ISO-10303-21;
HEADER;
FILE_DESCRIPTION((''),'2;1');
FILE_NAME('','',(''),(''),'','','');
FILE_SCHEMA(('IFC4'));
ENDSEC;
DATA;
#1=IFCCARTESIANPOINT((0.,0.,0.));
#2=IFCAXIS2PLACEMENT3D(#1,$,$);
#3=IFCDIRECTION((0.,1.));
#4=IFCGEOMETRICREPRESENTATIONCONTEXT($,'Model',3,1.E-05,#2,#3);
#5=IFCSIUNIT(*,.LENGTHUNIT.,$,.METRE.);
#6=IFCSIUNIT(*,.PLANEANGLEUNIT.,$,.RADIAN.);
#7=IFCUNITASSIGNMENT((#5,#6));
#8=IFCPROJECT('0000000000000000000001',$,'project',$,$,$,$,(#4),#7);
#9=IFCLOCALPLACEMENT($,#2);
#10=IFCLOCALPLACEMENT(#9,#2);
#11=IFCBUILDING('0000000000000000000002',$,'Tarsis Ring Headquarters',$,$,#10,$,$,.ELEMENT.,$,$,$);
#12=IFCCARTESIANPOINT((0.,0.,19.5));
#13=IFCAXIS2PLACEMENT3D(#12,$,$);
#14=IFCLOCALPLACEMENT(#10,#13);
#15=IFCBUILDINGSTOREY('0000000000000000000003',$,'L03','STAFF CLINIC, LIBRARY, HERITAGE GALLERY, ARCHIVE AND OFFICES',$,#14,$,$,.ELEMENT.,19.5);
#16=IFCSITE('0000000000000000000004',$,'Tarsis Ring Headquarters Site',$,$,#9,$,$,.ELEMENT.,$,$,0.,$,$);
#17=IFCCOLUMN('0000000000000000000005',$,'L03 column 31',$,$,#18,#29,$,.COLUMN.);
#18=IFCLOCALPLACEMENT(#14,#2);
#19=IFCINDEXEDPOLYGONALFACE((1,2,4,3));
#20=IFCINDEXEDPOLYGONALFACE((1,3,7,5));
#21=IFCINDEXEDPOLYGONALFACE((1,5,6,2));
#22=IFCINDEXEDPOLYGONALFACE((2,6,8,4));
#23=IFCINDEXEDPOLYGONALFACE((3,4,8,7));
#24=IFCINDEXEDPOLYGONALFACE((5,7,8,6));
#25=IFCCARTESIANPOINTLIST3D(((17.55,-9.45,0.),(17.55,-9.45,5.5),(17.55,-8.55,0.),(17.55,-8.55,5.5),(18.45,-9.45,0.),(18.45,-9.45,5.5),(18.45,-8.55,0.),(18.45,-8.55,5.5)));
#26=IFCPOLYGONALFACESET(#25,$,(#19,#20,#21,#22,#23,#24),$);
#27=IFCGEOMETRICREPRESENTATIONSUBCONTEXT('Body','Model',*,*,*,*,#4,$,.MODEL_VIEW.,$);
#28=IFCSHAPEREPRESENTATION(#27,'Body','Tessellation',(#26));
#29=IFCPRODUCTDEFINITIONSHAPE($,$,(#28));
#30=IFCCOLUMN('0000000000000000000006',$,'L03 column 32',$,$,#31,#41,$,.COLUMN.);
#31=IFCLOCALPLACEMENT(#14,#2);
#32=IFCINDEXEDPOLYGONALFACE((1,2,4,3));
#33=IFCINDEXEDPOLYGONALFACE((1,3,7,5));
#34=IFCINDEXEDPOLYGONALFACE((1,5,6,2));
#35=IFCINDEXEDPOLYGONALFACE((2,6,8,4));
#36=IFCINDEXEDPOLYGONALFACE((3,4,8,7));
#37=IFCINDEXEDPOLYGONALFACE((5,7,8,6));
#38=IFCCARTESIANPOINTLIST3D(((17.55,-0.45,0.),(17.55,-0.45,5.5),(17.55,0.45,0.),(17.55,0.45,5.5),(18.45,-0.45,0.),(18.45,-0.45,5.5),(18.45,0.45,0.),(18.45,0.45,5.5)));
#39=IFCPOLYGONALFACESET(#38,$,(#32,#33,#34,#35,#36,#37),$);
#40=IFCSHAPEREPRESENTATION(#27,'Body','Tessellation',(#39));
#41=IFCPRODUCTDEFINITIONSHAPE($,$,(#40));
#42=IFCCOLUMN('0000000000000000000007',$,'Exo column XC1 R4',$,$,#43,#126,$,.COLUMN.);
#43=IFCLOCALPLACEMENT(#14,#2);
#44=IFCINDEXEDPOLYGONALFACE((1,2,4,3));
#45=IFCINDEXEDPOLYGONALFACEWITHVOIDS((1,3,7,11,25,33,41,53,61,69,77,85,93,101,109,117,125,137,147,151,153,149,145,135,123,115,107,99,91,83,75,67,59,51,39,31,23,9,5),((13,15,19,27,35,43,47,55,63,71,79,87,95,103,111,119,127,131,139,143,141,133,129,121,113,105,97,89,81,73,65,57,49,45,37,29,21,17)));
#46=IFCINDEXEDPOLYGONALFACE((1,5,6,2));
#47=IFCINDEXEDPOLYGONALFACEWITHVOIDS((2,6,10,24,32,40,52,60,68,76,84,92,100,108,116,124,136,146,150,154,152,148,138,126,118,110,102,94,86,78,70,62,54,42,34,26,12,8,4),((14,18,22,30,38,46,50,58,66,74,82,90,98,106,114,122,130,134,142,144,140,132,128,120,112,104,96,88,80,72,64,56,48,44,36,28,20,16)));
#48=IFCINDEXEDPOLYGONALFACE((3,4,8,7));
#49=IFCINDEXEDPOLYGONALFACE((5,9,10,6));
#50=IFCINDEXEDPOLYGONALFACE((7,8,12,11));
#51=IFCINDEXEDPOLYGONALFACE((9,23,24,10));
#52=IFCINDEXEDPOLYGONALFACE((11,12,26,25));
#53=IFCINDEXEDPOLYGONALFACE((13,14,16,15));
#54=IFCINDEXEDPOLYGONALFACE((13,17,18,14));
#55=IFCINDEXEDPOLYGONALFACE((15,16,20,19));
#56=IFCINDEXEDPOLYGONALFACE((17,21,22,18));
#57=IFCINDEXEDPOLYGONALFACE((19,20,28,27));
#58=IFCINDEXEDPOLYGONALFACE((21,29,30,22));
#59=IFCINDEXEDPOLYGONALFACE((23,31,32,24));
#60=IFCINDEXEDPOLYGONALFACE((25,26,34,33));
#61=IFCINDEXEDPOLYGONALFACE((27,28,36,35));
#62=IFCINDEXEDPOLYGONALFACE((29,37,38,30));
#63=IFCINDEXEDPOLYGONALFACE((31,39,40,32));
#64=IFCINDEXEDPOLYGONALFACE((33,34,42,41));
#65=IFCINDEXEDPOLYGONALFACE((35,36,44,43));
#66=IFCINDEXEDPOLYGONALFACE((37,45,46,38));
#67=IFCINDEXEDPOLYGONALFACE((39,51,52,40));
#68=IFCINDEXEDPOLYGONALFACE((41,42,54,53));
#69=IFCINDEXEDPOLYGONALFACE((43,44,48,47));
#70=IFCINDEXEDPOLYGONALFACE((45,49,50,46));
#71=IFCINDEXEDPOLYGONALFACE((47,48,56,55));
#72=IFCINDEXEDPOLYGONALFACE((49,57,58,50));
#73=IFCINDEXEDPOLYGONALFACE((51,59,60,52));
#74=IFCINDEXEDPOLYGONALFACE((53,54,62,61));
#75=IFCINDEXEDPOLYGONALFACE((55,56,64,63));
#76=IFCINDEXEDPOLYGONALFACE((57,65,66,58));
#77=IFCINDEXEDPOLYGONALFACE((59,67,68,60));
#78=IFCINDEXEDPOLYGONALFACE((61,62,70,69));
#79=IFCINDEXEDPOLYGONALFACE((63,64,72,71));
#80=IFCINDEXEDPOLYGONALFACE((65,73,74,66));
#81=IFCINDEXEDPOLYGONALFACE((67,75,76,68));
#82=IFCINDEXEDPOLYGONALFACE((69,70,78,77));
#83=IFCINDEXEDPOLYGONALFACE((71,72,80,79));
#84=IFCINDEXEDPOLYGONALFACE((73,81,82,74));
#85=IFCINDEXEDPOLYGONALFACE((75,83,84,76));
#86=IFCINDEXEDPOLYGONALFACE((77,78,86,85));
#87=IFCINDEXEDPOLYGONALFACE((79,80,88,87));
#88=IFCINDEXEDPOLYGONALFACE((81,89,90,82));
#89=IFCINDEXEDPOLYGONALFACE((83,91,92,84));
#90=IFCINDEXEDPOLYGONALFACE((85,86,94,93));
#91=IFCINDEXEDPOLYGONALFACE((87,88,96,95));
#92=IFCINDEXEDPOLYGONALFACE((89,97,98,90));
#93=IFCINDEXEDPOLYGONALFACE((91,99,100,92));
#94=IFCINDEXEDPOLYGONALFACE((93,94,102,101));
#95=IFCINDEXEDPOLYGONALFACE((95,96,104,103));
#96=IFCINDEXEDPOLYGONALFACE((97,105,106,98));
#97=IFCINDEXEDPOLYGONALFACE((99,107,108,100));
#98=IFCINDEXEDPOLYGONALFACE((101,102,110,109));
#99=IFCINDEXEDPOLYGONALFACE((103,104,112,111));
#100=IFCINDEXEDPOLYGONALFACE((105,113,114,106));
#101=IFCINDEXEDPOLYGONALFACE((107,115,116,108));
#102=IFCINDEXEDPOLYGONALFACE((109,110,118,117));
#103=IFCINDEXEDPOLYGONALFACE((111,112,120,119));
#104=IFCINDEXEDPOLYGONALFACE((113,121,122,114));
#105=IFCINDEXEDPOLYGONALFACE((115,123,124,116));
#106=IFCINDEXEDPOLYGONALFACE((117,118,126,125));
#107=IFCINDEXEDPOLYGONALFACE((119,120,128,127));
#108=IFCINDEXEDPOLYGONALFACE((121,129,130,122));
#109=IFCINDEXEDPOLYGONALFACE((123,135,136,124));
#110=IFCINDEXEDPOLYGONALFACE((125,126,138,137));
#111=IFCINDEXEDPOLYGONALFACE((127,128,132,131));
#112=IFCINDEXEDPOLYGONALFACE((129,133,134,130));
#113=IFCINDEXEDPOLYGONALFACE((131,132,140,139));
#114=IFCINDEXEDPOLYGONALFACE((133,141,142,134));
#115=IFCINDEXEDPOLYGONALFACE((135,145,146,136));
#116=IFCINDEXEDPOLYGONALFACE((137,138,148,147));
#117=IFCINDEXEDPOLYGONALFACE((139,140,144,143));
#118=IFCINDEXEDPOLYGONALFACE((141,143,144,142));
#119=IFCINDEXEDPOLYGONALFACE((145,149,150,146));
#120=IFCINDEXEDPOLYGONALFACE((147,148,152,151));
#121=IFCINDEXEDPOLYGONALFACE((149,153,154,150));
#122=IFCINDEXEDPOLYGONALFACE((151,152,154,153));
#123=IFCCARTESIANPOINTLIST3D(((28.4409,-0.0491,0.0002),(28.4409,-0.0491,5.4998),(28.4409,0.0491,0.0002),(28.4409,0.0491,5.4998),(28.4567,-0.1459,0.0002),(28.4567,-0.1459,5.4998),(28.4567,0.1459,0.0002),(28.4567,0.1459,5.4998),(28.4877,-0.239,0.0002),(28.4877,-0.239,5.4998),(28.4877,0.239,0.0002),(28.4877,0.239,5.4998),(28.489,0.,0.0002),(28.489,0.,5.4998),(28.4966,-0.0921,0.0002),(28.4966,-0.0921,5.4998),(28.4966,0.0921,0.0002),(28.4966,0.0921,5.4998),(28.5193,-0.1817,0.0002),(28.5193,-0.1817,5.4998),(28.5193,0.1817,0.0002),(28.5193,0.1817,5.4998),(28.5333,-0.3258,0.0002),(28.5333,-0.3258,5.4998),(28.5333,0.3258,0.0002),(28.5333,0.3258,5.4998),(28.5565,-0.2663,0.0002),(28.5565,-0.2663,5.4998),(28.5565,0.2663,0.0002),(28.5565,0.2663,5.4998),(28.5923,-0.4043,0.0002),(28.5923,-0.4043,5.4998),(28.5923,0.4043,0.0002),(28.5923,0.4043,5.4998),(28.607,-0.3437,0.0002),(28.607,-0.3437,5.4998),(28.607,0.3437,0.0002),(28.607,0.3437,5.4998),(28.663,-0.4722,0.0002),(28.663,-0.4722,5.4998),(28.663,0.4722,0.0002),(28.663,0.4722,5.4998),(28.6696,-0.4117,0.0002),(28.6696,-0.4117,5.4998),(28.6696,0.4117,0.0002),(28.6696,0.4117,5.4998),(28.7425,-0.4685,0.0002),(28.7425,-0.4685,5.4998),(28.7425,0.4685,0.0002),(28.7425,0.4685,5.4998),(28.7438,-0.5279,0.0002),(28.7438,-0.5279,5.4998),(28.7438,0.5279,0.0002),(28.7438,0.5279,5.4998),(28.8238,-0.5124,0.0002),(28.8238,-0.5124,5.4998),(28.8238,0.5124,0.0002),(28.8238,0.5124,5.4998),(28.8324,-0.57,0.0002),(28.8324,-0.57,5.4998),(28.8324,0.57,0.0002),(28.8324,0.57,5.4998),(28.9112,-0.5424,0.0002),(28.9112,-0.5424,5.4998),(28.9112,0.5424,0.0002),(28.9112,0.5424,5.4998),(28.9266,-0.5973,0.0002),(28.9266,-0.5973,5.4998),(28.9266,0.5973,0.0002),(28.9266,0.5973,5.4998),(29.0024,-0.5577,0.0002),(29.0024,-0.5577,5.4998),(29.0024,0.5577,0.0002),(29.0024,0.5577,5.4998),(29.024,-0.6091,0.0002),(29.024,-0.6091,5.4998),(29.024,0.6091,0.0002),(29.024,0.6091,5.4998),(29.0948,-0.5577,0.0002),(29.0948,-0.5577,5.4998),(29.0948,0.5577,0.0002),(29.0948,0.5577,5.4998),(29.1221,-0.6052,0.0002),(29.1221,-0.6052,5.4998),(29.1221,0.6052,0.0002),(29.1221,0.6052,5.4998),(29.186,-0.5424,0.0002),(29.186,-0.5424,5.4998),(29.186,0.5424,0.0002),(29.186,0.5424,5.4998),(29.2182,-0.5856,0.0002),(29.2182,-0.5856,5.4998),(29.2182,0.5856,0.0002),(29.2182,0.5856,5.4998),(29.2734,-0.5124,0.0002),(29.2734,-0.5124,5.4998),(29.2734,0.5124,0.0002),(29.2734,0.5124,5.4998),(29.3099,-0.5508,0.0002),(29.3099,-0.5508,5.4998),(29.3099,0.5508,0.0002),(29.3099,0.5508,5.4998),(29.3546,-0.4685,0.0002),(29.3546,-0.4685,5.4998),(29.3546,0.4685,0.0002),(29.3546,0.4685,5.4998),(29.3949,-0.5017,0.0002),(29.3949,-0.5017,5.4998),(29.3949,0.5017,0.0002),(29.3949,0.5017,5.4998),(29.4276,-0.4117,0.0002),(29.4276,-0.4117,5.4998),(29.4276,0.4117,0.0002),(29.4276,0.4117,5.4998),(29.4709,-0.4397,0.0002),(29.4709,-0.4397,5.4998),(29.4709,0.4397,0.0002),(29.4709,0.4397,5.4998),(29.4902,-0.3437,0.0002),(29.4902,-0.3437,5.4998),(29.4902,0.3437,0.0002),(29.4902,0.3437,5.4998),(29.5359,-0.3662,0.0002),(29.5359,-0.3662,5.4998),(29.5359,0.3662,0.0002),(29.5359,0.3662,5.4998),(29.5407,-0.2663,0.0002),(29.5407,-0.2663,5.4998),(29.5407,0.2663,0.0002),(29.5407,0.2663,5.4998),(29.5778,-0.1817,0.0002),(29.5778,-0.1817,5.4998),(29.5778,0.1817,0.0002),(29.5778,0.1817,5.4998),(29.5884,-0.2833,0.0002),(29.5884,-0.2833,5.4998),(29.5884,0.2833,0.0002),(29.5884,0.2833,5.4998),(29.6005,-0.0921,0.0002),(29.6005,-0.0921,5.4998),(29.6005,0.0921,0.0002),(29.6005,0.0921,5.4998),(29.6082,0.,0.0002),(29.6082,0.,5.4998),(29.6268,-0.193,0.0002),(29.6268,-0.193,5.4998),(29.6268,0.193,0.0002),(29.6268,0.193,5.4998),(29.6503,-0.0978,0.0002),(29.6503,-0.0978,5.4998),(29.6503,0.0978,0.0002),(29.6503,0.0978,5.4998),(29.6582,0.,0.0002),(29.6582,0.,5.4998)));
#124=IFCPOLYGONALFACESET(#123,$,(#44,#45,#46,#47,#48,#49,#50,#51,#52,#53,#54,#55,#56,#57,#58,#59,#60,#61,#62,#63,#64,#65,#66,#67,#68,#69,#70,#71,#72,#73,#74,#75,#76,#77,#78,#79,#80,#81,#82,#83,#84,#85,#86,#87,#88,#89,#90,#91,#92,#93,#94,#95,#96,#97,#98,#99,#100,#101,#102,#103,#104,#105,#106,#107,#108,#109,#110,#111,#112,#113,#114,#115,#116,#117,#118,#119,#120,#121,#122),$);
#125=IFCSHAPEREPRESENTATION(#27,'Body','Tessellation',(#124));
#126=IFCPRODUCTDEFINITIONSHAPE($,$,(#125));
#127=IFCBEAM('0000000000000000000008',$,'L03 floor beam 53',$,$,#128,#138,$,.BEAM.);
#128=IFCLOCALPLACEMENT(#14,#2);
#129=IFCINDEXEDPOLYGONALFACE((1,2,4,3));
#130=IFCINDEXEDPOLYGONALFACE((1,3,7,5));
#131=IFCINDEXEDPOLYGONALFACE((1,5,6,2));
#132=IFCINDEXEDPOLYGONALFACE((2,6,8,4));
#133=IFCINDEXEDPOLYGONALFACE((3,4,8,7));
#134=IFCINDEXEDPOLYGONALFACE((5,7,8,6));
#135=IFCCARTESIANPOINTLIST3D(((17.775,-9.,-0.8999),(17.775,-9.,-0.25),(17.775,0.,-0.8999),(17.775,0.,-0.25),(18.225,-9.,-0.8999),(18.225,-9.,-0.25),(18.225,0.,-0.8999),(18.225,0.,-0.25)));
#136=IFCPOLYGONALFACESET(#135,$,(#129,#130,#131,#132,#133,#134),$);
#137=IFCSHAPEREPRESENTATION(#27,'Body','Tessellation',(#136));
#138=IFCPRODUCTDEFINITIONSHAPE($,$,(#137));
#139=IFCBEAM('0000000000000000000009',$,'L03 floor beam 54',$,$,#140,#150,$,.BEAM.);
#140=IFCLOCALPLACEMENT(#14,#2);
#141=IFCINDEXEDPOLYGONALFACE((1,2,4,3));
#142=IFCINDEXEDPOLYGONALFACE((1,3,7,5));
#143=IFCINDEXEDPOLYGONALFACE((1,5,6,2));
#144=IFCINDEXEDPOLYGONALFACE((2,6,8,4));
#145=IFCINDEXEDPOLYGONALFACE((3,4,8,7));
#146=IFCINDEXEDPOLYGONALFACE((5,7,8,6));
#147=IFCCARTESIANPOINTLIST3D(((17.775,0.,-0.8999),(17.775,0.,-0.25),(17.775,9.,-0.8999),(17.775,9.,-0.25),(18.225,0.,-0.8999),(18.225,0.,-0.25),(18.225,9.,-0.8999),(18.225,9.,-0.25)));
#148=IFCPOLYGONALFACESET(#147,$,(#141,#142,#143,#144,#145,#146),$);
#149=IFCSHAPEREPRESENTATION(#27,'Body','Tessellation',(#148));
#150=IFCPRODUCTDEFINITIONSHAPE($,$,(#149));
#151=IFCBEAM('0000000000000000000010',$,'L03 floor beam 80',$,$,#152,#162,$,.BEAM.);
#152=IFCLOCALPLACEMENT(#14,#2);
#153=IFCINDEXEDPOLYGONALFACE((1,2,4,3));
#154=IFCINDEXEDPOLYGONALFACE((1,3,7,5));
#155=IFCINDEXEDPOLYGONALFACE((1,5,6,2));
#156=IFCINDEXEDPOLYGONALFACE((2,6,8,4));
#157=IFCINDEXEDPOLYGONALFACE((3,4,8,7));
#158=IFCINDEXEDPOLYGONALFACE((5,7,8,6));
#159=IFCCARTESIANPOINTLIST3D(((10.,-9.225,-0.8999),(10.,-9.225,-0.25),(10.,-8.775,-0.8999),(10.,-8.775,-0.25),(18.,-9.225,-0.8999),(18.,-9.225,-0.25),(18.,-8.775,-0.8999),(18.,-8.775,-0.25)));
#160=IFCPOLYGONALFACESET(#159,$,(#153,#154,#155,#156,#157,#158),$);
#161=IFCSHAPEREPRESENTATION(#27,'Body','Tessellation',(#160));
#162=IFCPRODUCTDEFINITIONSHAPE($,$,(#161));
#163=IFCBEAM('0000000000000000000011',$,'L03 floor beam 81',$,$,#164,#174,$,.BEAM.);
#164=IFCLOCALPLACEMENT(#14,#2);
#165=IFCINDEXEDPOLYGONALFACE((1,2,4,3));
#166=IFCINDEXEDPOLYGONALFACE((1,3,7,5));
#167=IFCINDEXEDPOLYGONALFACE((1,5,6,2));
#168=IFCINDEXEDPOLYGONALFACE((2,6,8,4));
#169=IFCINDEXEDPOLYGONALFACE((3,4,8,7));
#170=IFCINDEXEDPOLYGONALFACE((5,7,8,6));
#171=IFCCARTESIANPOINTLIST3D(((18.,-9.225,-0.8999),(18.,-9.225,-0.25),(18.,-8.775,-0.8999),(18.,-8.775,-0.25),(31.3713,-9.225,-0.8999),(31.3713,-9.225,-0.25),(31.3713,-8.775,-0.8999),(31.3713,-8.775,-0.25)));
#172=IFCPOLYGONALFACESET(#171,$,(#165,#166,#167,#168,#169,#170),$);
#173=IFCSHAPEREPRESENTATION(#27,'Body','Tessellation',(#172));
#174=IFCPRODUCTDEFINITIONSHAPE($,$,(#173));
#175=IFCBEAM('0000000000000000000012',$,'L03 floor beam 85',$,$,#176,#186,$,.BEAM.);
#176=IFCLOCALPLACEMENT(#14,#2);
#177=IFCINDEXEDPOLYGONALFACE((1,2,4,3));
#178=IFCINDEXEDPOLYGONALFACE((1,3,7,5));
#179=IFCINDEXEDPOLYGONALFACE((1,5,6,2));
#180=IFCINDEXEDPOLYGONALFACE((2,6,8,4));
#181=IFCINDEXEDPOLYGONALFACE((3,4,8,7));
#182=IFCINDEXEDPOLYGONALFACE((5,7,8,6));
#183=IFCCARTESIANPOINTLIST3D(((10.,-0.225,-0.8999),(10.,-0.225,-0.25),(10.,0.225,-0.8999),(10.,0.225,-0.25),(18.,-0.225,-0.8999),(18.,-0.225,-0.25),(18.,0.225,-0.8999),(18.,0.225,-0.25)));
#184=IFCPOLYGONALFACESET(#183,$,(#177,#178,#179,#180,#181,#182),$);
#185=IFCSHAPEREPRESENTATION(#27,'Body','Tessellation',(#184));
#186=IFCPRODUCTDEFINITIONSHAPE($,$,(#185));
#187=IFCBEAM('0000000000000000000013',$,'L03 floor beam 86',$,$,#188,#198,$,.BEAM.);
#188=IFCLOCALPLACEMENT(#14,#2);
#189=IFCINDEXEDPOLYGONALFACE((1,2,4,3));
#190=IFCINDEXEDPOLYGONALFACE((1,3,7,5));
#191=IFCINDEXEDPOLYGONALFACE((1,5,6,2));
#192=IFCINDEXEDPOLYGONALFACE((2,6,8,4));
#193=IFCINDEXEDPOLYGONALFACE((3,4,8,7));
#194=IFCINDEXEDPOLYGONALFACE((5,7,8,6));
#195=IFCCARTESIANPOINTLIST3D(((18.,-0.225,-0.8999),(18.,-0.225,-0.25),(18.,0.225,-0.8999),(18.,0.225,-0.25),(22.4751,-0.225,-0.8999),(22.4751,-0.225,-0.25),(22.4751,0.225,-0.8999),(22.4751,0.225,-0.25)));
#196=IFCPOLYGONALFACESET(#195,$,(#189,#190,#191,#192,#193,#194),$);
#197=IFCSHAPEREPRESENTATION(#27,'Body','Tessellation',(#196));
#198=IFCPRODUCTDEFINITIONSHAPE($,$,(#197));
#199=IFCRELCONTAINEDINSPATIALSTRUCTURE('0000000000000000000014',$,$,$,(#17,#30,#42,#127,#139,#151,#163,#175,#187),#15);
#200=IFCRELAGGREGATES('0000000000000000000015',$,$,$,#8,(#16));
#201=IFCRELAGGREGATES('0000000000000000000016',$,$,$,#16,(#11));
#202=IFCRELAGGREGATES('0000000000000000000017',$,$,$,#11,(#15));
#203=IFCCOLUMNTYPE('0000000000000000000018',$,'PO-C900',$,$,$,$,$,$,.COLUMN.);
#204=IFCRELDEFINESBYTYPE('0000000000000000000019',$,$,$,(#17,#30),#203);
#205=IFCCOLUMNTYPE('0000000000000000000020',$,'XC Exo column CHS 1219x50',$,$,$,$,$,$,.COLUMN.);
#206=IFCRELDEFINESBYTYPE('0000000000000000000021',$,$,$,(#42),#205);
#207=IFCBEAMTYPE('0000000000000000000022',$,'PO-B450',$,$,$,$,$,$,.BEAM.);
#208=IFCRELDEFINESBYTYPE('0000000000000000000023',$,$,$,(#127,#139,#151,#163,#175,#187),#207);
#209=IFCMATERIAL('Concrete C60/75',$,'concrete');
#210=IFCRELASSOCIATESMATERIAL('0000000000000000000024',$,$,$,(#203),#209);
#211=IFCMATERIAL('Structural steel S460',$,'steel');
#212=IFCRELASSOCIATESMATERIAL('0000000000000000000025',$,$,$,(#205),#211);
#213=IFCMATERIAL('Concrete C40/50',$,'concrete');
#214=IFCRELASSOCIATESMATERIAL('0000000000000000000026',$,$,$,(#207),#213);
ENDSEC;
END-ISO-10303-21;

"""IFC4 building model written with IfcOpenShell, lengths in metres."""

from ifc_helpers import new_model, si_unit, direction, frame, origin, origin_2d, place, context, subcontext, project, spatial, rectangle, hollow_circle, extrude, material, material_profile, profile_set, type_object, element, save


model = new_model("IFC4")

# Units and contexts
model_context = context("Model", 3, precision=1e-05, world=origin(), true_north=direction((0.0, 1.0)))
body_context = subcontext(model_context, "Body", "Model", "MODEL_VIEW")
ifc_project = project(units=[si_unit("LENGTHUNIT", "METRE"), si_unit("PLANEANGLEUNIT", "RADIAN")], contexts=[model_context])

# Site, building, storey
site_placement = place(None, origin())
site = spatial("IfcSite", under=ifc_project, at=site_placement, Name="Tarsis Ring Headquarters Site", CompositionType="ELEMENT", RefElevation=0.0)
building_placement = place(site_placement, origin())
building = spatial("IfcBuilding", under=site, at=building_placement, Name="Tarsis Ring Headquarters", CompositionType="ELEMENT")
storey_placement = place(building_placement, frame((0.0, 0.0, 19.5)))
storey = spatial("IfcBuildingStorey", under=building, at=storey_placement, Name="L03", Description="STAFF CLINIC, LIBRARY, HERITAGE GALLERY, ARCHIVE AND OFFICES", CompositionType="ELEMENT", Elevation=19.5)

# Columns
ifc_material_1 = material(Name="Concrete C60/75", Category="concrete")
ifc_material_profile_1 = material_profile(ifc_material_1, rectangle(XDim=0.8999, YDim=0.8999, at=origin_2d()), Name="PO-C900")
ifc_profile_set_1 = profile_set([ifc_material_profile_1], Name="Concrete C60/75")
column_type_1 = type_object("IfcColumnType", Name="PO-C900", PredefinedType="COLUMN", material=ifc_profile_set_1)
for number, where, z_axis, x_axis, name in (
    (1, (18.0, -9.0, 0.0), (0.0, 0.0, 1.0), (1.0, 0.0, 0.0), "L03 column 31"),
    (2, (18.0, 0.0, 0.0), (0.0, 0.0, 1.0), (1.0, 0.0, 0.0), "L03 column 32"),
):
    element("IfcColumn", number, at=place(storey_placement, frame(where, z_axis=z_axis, x_axis=x_axis)), inside=storey, type_object=column_type_1, Name=name, PredefinedType="COLUMN", context=body_context, shape_type="SweptSolid", body=[
        extrude(rectangle(XDim=0.8999, YDim=0.8999, at=origin_2d()), origin(), (0.0, 0.0, 1.0), 5.5),
    ])
ifc_material_2 = material(Name="Structural steel S460", Category="steel")
ifc_material_profile_2 = material_profile(ifc_material_2, hollow_circle(Radius=0.6096, WallThickness=0.05, at=origin_2d()), Name="CHS 1219x50")
ifc_profile_set_2 = profile_set([ifc_material_profile_2], Name="Structural steel S460")
column_type_2 = type_object("IfcColumnType", Name="XC Exo column CHS 1219x50", PredefinedType="COLUMN", material=ifc_profile_set_2)
column_placement = place(storey_placement, frame((29.0486, 0.0, 0.0002), z_axis=(0.0, 0.0, 1.0), x_axis=(1.0, 0.0, 0.0)))
element("IfcColumn", 3, at=column_placement, inside=storey, type_object=column_type_2, Name="Exo column XC1 R4", PredefinedType="COLUMN", context=body_context, shape_type="SweptSolid", body=[
    extrude(hollow_circle(Radius=0.6096, WallThickness=0.05, at=origin_2d()), origin(), (0.0, 0.0, 1.0), 5.4995),
])

# Beams
ifc_material_3 = material(Name="Concrete C40/50", Category="concrete")
ifc_material_profile_3 = material_profile(ifc_material_3, rectangle(XDim=0.45, YDim=0.6499, at=origin_2d()), Name="PO-B450")
ifc_profile_set_3 = profile_set([ifc_material_profile_3], Name="Concrete C40/50")
beam_type_1 = type_object("IfcBeamType", Name="PO-B450", PredefinedType="BEAM", material=ifc_profile_set_3)
for number, where, z_axis, x_axis, name in (
    (4, (18.0, -9.0, -0.575), (0.0, 1.0, 0.0), (-1.0, 0.0, 0.0), "L03 floor beam 53"),
    (5, (18.0, 0.0, -0.575), (0.0, 1.0, 0.0), (-1.0, 0.0, 0.0), "L03 floor beam 54"),
):
    element("IfcBeam", number, at=place(storey_placement, frame(where, z_axis=z_axis, x_axis=x_axis)), inside=storey, type_object=beam_type_1, Name=name, PredefinedType="BEAM", context=body_context, shape_type="SweptSolid", body=[
        extrude(rectangle(XDim=0.45, YDim=0.6499, at=origin_2d()), origin(), (0.0, 0.0, 1.0), 9.0),
    ])
beam_1_placement = place(storey_placement, frame((10.0, -9.0, -0.575), z_axis=(1.0, 0.0, 0.0), x_axis=(0.0, 1.0, 0.0)))
element("IfcBeam", 6, at=beam_1_placement, inside=storey, type_object=beam_type_1, Name="L03 floor beam 80", PredefinedType="BEAM", context=body_context, shape_type="SweptSolid", body=[
    extrude(rectangle(XDim=0.45, YDim=0.6499, at=origin_2d()), origin(), (0.0, 0.0, 1.0), 8.0),
])
beam_2_placement = place(storey_placement, frame((18.0, -9.0, -0.575), z_axis=(1.0, 0.0, 0.0), x_axis=(0.0, 1.0, 0.0)))
element("IfcBeam", 7, at=beam_2_placement, inside=storey, type_object=beam_type_1, Name="L03 floor beam 81", PredefinedType="BEAM", context=body_context, shape_type="SweptSolid", body=[
    extrude(rectangle(XDim=0.45, YDim=0.6499, at=origin_2d()), origin(), (0.0, 0.0, 1.0), 13.3713),
])
beam_3_placement = place(storey_placement, frame((10.0, 0.0, -0.575), z_axis=(1.0, 0.0, 0.0), x_axis=(0.0, 1.0, 0.0)))
element("IfcBeam", 8, at=beam_3_placement, inside=storey, type_object=beam_type_1, Name="L03 floor beam 85", PredefinedType="BEAM", context=body_context, shape_type="SweptSolid", body=[
    extrude(rectangle(XDim=0.45, YDim=0.6499, at=origin_2d()), origin(), (0.0, 0.0, 1.0), 8.0),
])
beam_4_placement = place(storey_placement, frame((18.0, 0.0, -0.575), z_axis=(1.0, 0.0, 0.0), x_axis=(0.0, 1.0, 0.0)))
element("IfcBeam", 9, at=beam_4_placement, inside=storey, type_object=beam_type_1, Name="L03 floor beam 86", PredefinedType="BEAM", context=body_context, shape_type="SweptSolid", body=[
    extrude(rectangle(XDim=0.45, YDim=0.6499, at=origin_2d()), origin(), (0.0, 0.0, 1.0), 4.4751),
])

save(model, "model.ifc")
